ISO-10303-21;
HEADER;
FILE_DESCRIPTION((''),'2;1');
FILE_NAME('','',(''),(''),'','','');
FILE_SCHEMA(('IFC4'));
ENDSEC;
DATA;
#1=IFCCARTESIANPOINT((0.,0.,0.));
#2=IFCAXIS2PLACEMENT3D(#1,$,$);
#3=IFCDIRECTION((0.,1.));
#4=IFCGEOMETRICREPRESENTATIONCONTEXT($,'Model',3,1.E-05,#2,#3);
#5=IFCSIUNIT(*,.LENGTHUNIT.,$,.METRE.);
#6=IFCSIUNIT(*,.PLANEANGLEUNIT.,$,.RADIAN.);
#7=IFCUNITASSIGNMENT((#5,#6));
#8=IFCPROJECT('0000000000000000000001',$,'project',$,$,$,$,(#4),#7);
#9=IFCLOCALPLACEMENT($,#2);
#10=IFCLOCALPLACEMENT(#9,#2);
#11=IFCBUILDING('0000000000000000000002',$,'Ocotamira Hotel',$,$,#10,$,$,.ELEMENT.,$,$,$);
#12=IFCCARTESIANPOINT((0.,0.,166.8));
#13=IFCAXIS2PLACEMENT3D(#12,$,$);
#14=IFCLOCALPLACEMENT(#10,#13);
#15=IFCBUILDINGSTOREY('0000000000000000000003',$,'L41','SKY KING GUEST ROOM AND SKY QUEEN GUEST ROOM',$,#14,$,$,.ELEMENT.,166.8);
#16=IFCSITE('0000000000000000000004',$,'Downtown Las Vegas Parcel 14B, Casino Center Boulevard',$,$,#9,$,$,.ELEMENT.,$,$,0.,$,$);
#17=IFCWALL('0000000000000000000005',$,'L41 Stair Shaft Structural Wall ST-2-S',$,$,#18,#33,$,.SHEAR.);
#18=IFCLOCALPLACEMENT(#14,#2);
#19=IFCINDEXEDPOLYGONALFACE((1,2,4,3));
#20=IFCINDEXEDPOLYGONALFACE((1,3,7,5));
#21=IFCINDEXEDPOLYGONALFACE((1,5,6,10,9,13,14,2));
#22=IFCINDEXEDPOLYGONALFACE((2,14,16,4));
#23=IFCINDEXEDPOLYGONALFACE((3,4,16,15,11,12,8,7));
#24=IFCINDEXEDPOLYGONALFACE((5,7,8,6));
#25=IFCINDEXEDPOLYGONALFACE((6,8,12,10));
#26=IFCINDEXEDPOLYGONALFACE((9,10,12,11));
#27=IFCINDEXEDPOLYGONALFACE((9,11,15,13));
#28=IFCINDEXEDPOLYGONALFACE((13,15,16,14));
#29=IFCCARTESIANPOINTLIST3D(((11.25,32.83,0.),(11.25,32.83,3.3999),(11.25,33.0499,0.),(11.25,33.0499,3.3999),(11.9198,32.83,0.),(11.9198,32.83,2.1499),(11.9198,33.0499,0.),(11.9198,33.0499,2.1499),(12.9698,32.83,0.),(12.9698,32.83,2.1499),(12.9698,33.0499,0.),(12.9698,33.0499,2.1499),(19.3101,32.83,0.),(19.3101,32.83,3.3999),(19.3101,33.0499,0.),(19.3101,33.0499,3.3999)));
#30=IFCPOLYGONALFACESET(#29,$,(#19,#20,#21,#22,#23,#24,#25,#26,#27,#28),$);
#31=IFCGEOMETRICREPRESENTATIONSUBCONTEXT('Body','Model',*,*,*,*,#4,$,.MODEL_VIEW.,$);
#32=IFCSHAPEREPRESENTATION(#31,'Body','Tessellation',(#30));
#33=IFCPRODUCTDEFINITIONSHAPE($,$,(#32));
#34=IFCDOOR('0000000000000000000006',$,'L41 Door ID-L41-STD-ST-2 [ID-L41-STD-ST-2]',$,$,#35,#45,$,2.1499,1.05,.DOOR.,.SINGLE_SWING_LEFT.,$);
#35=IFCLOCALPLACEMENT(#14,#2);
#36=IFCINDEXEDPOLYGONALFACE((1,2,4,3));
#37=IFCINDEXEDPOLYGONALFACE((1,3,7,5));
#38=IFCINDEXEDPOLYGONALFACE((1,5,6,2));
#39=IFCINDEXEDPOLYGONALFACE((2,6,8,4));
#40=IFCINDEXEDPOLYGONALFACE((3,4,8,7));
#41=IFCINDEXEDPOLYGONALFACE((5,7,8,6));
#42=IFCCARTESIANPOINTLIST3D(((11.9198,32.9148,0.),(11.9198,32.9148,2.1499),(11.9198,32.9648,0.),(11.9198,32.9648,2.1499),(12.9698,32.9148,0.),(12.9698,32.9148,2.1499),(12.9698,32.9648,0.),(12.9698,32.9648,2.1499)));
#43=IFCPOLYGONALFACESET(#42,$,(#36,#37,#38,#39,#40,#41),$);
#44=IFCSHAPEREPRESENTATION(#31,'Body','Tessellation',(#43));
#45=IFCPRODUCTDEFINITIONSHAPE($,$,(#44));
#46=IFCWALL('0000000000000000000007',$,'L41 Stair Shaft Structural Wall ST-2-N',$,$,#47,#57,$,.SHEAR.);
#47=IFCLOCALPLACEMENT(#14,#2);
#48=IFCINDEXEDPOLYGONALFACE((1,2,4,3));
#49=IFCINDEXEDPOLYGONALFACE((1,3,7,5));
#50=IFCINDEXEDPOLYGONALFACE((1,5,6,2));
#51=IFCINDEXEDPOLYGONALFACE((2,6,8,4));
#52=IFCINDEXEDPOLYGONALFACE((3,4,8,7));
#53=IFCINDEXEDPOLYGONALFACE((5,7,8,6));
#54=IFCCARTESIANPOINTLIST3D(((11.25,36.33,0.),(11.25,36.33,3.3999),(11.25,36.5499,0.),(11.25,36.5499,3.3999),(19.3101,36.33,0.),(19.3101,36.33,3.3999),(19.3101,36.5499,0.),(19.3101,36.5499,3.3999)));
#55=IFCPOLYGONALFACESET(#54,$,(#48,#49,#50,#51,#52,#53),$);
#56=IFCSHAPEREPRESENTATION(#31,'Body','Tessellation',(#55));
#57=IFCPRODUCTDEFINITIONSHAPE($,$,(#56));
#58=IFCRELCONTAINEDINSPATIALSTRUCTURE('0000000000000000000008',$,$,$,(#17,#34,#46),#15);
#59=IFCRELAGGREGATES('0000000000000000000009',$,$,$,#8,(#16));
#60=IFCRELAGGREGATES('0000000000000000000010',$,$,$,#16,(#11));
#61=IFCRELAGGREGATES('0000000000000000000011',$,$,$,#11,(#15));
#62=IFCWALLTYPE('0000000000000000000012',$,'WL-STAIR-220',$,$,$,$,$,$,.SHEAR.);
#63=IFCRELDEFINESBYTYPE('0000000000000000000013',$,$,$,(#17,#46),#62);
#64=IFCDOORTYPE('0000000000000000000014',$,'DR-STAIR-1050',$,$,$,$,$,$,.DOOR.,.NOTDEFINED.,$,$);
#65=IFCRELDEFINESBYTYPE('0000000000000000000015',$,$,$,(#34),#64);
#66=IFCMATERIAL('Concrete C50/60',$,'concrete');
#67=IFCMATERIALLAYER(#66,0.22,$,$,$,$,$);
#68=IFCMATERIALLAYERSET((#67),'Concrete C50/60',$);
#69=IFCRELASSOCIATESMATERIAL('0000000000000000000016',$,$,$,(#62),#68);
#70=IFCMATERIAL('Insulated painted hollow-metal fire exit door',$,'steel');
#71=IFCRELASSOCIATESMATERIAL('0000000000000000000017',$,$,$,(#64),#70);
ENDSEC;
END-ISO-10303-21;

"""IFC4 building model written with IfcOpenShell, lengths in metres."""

from ifc_helpers import new_model, si_unit, direction, frame, frame_2d, origin, place, context, subcontext, project, spatial, rectangle, extrude, source, transform, mapped, material, layer, layer_set, type_object, element, fill, save


model = new_model("IFC4")

# Units and contexts
model_context = context("Model", 3, precision=1e-05, world=origin(), true_north=direction((0.0, 1.0)))
body_context = subcontext(model_context, "Body", "Model", "MODEL_VIEW")
ifc_project = project(units=[si_unit("LENGTHUNIT", "METRE"), si_unit("PLANEANGLEUNIT", "RADIAN")], contexts=[model_context])

# Site, building, storey
site_placement = place(None, origin())
site = spatial("IfcSite", under=ifc_project, at=site_placement, Name="Downtown Las Vegas Parcel 14B, Casino Center Boulevard", CompositionType="ELEMENT", RefElevation=0.0)
building_placement = place(site_placement, origin())
building = spatial("IfcBuilding", under=site, at=building_placement, Name="Ocotamira Hotel", CompositionType="ELEMENT")
storey_placement = place(building_placement, frame((0.0, 0.0, 166.8)))
storey = spatial("IfcBuildingStorey", under=building, at=storey_placement, Name="L41", Description="SKY KING GUEST ROOM AND SKY QUEEN GUEST ROOM", CompositionType="ELEMENT", Elevation=166.8)

# Shared definitions
ifc_material_1 = material(Name="Concrete C50/60", Category="concrete")

# Wall, opening, door
ifc_layer_1 = layer(ifc_material_1, 0.22)
ifc_layer_set_1 = layer_set([ifc_layer_1], Name="Concrete C50/60")
wall_type_1 = type_object("IfcWallType", Name="WL-STAIR-220", PredefinedType="SHEAR", material=ifc_layer_set_1)
wall_1_placement = place(storey_placement, frame((11.25, 32.9399, 0.0), z_axis=(0.0, 0.0, 1.0), x_axis=(1.0, 0.0, 0.0)))
wall_1 = element("IfcWall", 1, at=wall_1_placement, inside=storey, type_object=wall_type_1, Name="L41 Stair Shaft Structural Wall ST-2-S", PredefinedType="SHEAR", context=body_context, shape_type="SweptSolid", body=[
    extrude(rectangle(XDim=8.0601, YDim=0.22, at=frame_2d((4.03, 0.0))), origin(), (0.0, 0.0, 1.0), 3.3999),
])
opening_1_placement = place(wall_1_placement, frame((0.6699, 0.0, 0.0)))
opening_1 = element("IfcOpeningElement", 2, at=opening_1_placement, cuts=wall_1, PredefinedType="OPENING", context=body_context, shape_type="SweptSolid", body=[
    extrude(rectangle(XDim=1.05, YDim=2.1499, at=frame_2d((0.5249, 1.075))), frame((0.0, 0.1201, 0.0), z_axis=(0.0, -1.0, 0.0), x_axis=(1.0, 0.0, 0.0)), (0.0, 0.0, 1.0), 0.24),
])
ifc_material_2 = material(Name="Insulated painted hollow-metal fire exit door", Category="steel")
door_type_1 = type_object("IfcDoorType", Name="DR-STAIR-1050", OperationType="NOTDEFINED", PredefinedType="DOOR", material=ifc_material_2)
shared_shape_1 = source(origin(), body_context, "Body", "SweptSolid", [
    extrude(rectangle(XDim=1.05, YDim=2.1499, at=frame_2d((0.5249, 1.075))), frame((0.0, 0.0249, 0.0), z_axis=(0.0, -1.0, 0.0), x_axis=(1.0, 0.0, 0.0)), (0.0, 0.0, 1.0), 0.05),
])
door_1_placement = place(opening_1_placement, origin())
door_1 = element("IfcDoor", 3, at=door_1_placement, inside=storey, type_object=door_type_1, Name="L41 Door ID-L41-STD-ST-2 [ID-L41-STD-ST-2]", OperationType="SINGLE_SWING_LEFT", OverallHeight=2.1499, OverallWidth=1.05, PredefinedType="DOOR", context=body_context, shape_type="MappedRepresentation", body=[
    mapped(shared_shape_1, transform((0.0, 0.0, 0.0), scale=1.0)),
])
fill(opening_1, door_1)

# Wall
wall_2_placement = place(storey_placement, frame((11.25, 36.4399, 0.0), z_axis=(0.0, 0.0, 1.0), x_axis=(1.0, 0.0, 0.0)))
element("IfcWall", 4, at=wall_2_placement, inside=storey, type_object=wall_type_1, Name="L41 Stair Shaft Structural Wall ST-2-N", PredefinedType="SHEAR", context=body_context, shape_type="SweptSolid", body=[
    extrude(rectangle(XDim=8.0601, YDim=0.22, at=frame_2d((4.03, 0.0))), origin(), (0.0, 0.0, 1.0), 3.3999),
])

save(model, "model.ifc")
